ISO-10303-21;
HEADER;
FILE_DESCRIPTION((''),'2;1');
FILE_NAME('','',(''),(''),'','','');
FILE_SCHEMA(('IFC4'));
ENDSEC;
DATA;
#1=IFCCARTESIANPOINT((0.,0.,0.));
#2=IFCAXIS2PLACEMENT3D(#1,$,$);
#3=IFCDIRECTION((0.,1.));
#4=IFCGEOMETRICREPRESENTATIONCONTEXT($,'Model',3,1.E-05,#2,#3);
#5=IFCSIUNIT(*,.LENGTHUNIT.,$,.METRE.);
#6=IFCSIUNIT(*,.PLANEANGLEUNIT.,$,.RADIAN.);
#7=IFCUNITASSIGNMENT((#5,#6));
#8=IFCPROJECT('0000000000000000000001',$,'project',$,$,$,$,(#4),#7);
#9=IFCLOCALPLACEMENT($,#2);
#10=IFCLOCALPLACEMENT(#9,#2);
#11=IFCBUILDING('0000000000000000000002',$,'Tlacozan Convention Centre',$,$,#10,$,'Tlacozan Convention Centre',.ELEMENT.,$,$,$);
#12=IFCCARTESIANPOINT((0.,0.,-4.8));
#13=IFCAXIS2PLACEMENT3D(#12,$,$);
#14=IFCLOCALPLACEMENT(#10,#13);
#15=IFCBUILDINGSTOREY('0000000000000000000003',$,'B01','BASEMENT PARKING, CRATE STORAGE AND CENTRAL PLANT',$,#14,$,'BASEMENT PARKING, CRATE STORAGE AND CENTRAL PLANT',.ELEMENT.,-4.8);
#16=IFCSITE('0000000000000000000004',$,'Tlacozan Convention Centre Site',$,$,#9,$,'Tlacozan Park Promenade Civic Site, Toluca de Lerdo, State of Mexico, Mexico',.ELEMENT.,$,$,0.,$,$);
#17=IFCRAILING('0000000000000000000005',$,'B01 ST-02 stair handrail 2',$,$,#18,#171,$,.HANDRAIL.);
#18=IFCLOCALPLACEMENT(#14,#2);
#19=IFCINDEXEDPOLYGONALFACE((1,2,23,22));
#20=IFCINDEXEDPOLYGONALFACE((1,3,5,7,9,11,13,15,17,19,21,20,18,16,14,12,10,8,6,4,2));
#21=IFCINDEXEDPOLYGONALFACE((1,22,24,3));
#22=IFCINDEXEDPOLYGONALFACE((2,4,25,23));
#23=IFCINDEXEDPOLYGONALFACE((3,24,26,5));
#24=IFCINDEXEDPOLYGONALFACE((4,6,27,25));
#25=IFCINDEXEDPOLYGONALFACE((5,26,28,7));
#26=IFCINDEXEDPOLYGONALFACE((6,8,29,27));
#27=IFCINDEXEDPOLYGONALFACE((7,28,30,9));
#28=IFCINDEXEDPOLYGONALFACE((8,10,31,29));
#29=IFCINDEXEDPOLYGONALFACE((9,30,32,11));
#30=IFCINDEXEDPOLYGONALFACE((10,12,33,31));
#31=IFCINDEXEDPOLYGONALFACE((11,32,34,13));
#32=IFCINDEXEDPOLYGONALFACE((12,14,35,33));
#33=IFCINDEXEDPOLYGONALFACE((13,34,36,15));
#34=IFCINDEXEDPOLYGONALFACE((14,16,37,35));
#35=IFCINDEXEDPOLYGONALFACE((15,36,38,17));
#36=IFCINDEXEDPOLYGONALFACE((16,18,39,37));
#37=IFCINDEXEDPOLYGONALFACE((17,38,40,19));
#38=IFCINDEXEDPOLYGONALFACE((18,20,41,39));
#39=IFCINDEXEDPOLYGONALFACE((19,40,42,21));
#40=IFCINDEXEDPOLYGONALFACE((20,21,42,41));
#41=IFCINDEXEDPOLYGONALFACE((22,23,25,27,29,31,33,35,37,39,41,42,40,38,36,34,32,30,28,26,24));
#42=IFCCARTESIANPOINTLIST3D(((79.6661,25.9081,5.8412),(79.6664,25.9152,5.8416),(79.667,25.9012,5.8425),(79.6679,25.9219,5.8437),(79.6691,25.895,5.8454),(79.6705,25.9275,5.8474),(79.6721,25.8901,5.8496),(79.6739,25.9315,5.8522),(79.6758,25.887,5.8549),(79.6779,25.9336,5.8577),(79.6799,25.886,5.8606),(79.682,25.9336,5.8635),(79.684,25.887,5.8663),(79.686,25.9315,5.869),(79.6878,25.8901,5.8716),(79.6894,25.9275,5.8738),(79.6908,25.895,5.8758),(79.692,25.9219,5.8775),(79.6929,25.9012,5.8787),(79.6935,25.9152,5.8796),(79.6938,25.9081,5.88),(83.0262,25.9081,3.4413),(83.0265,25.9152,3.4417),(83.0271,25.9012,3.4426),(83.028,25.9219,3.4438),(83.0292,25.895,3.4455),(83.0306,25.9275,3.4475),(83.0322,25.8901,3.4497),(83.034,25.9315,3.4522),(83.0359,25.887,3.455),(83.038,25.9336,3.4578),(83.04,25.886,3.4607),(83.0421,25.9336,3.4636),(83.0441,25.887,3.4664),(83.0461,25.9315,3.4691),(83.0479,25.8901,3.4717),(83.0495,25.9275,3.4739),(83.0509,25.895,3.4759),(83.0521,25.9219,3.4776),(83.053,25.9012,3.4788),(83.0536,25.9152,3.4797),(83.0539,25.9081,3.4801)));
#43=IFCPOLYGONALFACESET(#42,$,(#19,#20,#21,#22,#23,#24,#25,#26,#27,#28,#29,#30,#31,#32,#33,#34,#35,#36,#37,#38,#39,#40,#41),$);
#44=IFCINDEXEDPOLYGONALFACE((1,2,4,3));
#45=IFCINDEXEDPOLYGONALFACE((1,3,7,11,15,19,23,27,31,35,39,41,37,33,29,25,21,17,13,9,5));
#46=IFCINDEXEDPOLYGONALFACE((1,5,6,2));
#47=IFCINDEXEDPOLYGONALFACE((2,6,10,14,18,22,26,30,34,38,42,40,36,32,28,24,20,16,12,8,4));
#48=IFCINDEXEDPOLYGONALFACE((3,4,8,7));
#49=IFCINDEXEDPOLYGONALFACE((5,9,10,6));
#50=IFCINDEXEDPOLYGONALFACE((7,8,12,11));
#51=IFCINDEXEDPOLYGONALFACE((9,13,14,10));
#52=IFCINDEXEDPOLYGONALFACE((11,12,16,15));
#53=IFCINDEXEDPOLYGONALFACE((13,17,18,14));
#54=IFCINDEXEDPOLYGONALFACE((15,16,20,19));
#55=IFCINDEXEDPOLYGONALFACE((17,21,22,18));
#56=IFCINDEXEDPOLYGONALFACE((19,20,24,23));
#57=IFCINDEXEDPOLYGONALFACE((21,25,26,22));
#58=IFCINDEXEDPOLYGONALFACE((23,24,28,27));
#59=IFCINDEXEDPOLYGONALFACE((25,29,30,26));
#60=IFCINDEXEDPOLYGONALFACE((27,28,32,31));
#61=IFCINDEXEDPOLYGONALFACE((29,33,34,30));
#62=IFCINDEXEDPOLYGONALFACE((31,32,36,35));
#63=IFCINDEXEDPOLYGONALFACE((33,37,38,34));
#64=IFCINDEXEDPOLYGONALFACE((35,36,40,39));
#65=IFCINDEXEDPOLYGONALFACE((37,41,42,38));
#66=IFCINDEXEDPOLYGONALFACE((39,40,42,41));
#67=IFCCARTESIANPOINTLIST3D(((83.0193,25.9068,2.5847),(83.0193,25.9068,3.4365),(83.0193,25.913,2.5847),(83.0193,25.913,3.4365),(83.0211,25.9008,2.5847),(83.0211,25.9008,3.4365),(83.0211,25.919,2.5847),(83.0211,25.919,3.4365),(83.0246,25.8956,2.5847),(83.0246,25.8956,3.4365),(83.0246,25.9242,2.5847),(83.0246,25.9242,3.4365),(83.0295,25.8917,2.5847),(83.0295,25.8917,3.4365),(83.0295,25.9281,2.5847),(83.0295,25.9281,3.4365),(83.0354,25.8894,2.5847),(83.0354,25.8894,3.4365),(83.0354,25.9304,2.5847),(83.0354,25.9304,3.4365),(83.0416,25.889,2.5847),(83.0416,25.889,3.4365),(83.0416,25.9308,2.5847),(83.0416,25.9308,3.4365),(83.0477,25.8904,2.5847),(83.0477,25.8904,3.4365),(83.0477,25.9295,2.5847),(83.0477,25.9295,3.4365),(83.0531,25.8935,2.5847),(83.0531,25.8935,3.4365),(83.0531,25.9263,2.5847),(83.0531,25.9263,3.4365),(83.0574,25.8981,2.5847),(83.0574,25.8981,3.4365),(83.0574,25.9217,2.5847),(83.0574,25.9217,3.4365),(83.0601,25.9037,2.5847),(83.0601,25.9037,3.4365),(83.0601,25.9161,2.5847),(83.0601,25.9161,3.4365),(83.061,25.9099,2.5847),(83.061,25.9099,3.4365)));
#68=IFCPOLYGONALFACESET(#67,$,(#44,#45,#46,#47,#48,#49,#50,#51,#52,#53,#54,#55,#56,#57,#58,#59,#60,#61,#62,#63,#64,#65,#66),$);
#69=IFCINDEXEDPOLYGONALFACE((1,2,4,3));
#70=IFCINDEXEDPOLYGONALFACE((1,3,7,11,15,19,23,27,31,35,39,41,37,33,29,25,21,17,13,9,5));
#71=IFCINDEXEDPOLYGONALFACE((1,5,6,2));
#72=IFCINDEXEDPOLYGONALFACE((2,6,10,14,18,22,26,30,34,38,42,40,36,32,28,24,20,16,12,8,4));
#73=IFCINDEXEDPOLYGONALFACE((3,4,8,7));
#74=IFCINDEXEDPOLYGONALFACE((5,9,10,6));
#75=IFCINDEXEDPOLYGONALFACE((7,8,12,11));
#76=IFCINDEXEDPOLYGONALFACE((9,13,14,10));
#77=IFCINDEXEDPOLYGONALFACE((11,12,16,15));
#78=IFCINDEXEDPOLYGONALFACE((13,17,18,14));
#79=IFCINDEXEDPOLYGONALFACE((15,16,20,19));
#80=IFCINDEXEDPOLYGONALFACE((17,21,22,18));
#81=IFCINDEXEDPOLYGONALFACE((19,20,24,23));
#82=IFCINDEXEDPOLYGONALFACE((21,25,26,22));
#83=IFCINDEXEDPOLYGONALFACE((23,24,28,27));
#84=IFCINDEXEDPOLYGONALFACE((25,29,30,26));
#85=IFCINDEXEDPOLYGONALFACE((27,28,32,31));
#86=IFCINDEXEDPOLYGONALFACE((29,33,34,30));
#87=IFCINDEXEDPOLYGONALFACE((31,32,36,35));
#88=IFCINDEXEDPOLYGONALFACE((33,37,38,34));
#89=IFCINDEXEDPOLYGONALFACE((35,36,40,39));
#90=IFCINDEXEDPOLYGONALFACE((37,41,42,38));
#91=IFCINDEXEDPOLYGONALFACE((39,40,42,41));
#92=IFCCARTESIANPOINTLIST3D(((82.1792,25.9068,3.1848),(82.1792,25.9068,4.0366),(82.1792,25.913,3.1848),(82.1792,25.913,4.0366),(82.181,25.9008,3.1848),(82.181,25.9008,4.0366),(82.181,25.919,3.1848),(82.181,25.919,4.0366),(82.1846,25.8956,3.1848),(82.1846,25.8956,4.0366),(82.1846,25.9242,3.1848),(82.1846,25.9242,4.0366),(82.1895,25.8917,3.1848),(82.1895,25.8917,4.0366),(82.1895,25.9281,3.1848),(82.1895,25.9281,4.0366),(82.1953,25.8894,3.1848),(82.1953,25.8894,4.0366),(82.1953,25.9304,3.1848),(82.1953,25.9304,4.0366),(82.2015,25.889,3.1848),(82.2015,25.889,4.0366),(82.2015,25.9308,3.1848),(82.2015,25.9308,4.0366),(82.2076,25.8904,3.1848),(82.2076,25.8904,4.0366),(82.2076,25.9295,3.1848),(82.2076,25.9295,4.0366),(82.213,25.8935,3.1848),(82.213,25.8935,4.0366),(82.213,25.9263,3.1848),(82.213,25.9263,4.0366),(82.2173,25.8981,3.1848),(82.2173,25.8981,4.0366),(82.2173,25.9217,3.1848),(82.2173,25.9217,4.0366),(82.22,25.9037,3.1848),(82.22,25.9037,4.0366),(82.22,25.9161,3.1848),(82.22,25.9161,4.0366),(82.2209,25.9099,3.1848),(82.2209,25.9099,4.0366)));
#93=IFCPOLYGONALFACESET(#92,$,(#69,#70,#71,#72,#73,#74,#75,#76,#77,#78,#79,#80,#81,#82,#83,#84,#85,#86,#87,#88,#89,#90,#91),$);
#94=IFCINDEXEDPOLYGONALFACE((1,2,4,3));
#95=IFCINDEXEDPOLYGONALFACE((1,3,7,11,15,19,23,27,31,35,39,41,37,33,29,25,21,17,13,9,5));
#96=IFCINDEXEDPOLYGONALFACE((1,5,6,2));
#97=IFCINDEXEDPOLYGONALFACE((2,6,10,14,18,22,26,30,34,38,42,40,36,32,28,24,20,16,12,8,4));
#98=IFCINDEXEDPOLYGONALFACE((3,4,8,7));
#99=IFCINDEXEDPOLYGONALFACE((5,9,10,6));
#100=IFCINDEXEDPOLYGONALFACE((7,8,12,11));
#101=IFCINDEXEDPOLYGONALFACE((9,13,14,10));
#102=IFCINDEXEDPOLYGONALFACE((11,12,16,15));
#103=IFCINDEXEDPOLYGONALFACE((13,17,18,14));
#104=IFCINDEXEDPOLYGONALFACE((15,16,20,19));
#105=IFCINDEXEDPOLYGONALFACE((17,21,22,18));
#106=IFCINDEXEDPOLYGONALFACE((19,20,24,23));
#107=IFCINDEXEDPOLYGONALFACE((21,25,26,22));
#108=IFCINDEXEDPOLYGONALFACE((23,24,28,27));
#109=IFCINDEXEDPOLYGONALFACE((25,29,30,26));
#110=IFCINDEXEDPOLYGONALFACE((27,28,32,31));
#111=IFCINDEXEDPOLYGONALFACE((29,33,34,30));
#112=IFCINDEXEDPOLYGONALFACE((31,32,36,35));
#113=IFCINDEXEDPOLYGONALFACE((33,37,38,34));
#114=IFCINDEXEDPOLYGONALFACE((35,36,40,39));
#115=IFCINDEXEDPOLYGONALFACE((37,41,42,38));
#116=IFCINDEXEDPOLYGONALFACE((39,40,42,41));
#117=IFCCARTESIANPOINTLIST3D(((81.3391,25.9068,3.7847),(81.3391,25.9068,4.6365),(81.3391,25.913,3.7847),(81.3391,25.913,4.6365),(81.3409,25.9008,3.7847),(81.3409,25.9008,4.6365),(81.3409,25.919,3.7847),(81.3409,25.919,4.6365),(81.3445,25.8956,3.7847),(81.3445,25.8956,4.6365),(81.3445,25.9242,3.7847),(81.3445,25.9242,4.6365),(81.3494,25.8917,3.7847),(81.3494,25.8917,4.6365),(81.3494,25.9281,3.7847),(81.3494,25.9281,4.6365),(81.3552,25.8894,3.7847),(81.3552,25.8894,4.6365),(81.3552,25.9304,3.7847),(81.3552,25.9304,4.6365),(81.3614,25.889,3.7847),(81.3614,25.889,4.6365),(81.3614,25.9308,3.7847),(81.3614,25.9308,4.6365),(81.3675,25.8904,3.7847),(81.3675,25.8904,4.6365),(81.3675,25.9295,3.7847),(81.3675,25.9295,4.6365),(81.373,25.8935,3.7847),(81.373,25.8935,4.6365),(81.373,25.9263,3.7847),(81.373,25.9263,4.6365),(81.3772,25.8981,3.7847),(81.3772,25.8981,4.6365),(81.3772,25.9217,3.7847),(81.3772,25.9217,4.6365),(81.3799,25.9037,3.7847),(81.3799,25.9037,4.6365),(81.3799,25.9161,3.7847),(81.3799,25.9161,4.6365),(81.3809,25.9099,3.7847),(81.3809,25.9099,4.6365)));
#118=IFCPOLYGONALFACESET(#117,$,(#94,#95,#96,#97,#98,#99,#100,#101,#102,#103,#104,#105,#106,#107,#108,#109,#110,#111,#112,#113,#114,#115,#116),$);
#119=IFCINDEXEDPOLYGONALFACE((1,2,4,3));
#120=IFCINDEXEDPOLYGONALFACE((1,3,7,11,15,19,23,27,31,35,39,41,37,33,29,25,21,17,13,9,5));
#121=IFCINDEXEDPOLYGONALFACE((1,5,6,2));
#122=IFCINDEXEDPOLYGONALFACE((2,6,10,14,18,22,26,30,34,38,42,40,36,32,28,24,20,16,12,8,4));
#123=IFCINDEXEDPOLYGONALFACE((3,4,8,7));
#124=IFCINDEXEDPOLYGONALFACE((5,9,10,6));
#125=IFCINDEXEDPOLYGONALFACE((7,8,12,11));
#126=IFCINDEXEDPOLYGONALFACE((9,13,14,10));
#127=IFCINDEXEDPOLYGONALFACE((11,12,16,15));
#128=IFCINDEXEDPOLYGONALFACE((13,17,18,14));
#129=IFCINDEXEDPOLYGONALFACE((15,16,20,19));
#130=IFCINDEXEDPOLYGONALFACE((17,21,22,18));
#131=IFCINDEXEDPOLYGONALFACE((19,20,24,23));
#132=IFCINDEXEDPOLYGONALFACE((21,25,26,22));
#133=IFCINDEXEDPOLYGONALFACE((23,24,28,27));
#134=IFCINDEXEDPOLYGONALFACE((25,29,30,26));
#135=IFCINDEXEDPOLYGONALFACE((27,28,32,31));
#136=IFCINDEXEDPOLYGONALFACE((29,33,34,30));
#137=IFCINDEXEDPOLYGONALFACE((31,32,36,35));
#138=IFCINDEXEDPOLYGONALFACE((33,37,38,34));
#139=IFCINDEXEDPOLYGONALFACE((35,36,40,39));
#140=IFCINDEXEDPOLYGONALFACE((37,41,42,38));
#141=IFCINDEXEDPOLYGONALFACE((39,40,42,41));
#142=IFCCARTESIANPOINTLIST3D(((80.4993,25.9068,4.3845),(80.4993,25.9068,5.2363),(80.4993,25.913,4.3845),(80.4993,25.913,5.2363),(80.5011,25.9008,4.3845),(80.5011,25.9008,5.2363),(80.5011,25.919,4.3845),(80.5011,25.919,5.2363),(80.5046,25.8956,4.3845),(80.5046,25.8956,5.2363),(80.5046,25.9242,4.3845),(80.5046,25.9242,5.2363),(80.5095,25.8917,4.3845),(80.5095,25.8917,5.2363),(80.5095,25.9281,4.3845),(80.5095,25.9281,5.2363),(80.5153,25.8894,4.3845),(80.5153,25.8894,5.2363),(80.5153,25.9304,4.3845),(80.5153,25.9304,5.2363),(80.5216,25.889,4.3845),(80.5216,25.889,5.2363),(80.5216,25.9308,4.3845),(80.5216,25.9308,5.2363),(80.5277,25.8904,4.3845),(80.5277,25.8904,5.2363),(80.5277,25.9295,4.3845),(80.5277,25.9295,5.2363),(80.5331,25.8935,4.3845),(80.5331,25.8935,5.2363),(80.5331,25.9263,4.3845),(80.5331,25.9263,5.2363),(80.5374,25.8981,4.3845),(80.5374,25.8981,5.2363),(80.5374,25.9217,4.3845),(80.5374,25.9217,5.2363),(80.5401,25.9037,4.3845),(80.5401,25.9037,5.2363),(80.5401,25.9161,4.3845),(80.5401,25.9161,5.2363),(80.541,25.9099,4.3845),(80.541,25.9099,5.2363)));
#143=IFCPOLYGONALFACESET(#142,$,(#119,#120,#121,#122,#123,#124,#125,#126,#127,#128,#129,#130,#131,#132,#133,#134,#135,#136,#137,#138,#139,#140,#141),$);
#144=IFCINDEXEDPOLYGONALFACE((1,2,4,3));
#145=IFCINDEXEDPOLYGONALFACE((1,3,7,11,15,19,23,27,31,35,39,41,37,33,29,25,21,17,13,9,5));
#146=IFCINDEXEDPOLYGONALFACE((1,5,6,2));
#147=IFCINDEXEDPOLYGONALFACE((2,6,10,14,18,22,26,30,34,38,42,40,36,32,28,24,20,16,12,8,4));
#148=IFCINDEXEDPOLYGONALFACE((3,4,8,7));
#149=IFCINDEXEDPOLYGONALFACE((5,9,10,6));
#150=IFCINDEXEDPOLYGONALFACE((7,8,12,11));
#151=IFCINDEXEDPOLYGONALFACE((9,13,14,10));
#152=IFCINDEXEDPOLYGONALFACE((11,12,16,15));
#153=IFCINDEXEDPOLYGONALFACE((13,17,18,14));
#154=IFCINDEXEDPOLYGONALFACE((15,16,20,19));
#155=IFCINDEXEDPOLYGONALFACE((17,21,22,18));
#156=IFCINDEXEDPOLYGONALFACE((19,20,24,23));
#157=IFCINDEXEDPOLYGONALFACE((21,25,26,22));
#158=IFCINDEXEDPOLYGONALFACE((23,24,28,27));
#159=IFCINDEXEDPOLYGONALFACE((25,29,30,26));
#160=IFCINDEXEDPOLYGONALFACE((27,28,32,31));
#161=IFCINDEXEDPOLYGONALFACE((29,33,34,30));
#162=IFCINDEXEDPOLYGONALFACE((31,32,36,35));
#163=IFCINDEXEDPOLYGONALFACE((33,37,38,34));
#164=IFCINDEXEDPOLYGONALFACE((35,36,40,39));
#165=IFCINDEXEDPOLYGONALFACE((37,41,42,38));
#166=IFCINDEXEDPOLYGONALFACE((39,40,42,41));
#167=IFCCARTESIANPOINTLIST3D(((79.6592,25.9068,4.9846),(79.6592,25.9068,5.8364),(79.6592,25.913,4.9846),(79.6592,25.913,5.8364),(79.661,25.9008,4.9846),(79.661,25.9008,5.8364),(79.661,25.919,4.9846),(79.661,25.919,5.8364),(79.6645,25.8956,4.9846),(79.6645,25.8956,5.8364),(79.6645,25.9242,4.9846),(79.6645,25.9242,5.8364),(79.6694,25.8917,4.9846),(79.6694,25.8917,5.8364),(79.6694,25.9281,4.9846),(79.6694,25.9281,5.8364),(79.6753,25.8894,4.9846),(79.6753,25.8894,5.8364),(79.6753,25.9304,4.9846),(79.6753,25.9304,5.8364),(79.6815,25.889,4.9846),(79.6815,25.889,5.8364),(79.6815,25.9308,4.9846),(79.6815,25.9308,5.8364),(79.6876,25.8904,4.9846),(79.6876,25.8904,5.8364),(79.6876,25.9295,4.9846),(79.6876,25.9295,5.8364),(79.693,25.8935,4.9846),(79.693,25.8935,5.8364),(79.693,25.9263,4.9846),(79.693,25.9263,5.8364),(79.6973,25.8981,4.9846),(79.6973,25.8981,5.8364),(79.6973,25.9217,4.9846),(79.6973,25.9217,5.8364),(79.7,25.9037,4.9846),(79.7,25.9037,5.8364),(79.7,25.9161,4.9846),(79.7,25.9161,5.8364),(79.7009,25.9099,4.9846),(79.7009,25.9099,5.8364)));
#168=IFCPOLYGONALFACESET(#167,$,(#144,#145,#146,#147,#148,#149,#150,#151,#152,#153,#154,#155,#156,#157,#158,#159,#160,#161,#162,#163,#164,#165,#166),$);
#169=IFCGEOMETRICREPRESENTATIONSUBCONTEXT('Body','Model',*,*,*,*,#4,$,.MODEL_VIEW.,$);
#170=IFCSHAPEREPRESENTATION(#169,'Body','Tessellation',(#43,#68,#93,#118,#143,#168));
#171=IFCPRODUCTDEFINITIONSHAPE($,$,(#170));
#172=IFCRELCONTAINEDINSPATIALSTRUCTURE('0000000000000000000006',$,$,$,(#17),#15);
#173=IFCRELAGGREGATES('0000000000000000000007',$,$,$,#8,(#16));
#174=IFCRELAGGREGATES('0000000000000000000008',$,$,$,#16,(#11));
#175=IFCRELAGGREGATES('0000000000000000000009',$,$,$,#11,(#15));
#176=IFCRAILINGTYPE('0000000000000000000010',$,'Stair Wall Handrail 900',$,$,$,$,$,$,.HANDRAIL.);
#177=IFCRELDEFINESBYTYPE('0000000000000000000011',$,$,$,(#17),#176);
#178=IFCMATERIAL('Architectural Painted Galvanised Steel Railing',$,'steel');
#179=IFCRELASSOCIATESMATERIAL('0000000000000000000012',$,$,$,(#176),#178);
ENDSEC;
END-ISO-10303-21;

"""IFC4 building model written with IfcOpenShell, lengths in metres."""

from ifc_helpers import new_model, si_unit, direction, frame, origin, origin_2d, place, context, subcontext, project, spatial, circle, extrude, material, type_object, element, save


model = new_model("IFC4")

# Units and contexts
model_context = context("Model", 3, precision=1e-05, world=origin(), true_north=direction((0.0, 1.0)))
body_context = subcontext(model_context, "Body", "Model", "MODEL_VIEW")
ifc_project = project(units=[si_unit("LENGTHUNIT", "METRE"), si_unit("PLANEANGLEUNIT", "RADIAN")], contexts=[model_context])

# Site, building, storey
site_placement = place(None, origin())
site = spatial("IfcSite", under=ifc_project, at=site_placement, Name="Tlacozan Convention Centre Site", LongName="Tlacozan Park Promenade Civic Site, Toluca de Lerdo, State of Mexico, Mexico", CompositionType="ELEMENT", RefElevation=0.0)
building_placement = place(site_placement, origin())
building = spatial("IfcBuilding", under=site, at=building_placement, Name="Tlacozan Convention Centre", LongName="Tlacozan Convention Centre", CompositionType="ELEMENT")
storey_placement = place(building_placement, frame((0.0, 0.0, -4.8)))
storey = spatial("IfcBuildingStorey", under=building, at=storey_placement, Name="B01", Description="BASEMENT PARKING, CRATE STORAGE AND CENTRAL PLANT", LongName="BASEMENT PARKING, CRATE STORAGE AND CENTRAL PLANT", CompositionType="ELEMENT", Elevation=-4.8)

# Railing
ifc_material_1 = material(Name="Architectural Painted Galvanised Steel Railing", Category="steel")
railing_type_1 = type_object("IfcRailingType", Name="Stair Wall Handrail 900", PredefinedType="HANDRAIL", material=ifc_material_1)
railing_1_placement = place(storey_placement, frame((83.04, 25.9099, 2.5847)))
element("IfcRailing", 1, at=railing_1_placement, inside=storey, type_object=railing_type_1, Name="B01 ST-02 stair handrail 2", PredefinedType="HANDRAIL", context=body_context, shape_type="SweptSolid", body=[
    extrude(circle(Radius=0.0239, at=origin_2d()), frame((0.0, 0.0, 0.876), z_axis=(-0.813753, 0.0, 0.58121), x_axis=(0.0, -1.0, 0.0)), (0.0, 0.0, 1.0), 4.1292),
    extrude(circle(Radius=0.021, at=origin_2d()), origin(), (0.0, 0.0, 1.0), 0.8518),
    extrude(circle(Radius=0.021, at=origin_2d()), frame((-0.8401, 0.0, 0.6001)), (0.0, 0.0, 1.0), 0.8518),
    extrude(circle(Radius=0.021, at=origin_2d()), frame((-1.6802, 0.0, 1.2)), (0.0, 0.0, 1.0), 0.8518),
    extrude(circle(Radius=0.021, at=origin_2d()), frame((-2.52, 0.0, 1.7998)), (0.0, 0.0, 1.0), 0.8518),
    extrude(circle(Radius=0.021, at=origin_2d()), frame((-3.3601, 0.0, 2.3999)), (0.0, 0.0, 1.0), 0.8518),
])

save(model, "model.ifc")
